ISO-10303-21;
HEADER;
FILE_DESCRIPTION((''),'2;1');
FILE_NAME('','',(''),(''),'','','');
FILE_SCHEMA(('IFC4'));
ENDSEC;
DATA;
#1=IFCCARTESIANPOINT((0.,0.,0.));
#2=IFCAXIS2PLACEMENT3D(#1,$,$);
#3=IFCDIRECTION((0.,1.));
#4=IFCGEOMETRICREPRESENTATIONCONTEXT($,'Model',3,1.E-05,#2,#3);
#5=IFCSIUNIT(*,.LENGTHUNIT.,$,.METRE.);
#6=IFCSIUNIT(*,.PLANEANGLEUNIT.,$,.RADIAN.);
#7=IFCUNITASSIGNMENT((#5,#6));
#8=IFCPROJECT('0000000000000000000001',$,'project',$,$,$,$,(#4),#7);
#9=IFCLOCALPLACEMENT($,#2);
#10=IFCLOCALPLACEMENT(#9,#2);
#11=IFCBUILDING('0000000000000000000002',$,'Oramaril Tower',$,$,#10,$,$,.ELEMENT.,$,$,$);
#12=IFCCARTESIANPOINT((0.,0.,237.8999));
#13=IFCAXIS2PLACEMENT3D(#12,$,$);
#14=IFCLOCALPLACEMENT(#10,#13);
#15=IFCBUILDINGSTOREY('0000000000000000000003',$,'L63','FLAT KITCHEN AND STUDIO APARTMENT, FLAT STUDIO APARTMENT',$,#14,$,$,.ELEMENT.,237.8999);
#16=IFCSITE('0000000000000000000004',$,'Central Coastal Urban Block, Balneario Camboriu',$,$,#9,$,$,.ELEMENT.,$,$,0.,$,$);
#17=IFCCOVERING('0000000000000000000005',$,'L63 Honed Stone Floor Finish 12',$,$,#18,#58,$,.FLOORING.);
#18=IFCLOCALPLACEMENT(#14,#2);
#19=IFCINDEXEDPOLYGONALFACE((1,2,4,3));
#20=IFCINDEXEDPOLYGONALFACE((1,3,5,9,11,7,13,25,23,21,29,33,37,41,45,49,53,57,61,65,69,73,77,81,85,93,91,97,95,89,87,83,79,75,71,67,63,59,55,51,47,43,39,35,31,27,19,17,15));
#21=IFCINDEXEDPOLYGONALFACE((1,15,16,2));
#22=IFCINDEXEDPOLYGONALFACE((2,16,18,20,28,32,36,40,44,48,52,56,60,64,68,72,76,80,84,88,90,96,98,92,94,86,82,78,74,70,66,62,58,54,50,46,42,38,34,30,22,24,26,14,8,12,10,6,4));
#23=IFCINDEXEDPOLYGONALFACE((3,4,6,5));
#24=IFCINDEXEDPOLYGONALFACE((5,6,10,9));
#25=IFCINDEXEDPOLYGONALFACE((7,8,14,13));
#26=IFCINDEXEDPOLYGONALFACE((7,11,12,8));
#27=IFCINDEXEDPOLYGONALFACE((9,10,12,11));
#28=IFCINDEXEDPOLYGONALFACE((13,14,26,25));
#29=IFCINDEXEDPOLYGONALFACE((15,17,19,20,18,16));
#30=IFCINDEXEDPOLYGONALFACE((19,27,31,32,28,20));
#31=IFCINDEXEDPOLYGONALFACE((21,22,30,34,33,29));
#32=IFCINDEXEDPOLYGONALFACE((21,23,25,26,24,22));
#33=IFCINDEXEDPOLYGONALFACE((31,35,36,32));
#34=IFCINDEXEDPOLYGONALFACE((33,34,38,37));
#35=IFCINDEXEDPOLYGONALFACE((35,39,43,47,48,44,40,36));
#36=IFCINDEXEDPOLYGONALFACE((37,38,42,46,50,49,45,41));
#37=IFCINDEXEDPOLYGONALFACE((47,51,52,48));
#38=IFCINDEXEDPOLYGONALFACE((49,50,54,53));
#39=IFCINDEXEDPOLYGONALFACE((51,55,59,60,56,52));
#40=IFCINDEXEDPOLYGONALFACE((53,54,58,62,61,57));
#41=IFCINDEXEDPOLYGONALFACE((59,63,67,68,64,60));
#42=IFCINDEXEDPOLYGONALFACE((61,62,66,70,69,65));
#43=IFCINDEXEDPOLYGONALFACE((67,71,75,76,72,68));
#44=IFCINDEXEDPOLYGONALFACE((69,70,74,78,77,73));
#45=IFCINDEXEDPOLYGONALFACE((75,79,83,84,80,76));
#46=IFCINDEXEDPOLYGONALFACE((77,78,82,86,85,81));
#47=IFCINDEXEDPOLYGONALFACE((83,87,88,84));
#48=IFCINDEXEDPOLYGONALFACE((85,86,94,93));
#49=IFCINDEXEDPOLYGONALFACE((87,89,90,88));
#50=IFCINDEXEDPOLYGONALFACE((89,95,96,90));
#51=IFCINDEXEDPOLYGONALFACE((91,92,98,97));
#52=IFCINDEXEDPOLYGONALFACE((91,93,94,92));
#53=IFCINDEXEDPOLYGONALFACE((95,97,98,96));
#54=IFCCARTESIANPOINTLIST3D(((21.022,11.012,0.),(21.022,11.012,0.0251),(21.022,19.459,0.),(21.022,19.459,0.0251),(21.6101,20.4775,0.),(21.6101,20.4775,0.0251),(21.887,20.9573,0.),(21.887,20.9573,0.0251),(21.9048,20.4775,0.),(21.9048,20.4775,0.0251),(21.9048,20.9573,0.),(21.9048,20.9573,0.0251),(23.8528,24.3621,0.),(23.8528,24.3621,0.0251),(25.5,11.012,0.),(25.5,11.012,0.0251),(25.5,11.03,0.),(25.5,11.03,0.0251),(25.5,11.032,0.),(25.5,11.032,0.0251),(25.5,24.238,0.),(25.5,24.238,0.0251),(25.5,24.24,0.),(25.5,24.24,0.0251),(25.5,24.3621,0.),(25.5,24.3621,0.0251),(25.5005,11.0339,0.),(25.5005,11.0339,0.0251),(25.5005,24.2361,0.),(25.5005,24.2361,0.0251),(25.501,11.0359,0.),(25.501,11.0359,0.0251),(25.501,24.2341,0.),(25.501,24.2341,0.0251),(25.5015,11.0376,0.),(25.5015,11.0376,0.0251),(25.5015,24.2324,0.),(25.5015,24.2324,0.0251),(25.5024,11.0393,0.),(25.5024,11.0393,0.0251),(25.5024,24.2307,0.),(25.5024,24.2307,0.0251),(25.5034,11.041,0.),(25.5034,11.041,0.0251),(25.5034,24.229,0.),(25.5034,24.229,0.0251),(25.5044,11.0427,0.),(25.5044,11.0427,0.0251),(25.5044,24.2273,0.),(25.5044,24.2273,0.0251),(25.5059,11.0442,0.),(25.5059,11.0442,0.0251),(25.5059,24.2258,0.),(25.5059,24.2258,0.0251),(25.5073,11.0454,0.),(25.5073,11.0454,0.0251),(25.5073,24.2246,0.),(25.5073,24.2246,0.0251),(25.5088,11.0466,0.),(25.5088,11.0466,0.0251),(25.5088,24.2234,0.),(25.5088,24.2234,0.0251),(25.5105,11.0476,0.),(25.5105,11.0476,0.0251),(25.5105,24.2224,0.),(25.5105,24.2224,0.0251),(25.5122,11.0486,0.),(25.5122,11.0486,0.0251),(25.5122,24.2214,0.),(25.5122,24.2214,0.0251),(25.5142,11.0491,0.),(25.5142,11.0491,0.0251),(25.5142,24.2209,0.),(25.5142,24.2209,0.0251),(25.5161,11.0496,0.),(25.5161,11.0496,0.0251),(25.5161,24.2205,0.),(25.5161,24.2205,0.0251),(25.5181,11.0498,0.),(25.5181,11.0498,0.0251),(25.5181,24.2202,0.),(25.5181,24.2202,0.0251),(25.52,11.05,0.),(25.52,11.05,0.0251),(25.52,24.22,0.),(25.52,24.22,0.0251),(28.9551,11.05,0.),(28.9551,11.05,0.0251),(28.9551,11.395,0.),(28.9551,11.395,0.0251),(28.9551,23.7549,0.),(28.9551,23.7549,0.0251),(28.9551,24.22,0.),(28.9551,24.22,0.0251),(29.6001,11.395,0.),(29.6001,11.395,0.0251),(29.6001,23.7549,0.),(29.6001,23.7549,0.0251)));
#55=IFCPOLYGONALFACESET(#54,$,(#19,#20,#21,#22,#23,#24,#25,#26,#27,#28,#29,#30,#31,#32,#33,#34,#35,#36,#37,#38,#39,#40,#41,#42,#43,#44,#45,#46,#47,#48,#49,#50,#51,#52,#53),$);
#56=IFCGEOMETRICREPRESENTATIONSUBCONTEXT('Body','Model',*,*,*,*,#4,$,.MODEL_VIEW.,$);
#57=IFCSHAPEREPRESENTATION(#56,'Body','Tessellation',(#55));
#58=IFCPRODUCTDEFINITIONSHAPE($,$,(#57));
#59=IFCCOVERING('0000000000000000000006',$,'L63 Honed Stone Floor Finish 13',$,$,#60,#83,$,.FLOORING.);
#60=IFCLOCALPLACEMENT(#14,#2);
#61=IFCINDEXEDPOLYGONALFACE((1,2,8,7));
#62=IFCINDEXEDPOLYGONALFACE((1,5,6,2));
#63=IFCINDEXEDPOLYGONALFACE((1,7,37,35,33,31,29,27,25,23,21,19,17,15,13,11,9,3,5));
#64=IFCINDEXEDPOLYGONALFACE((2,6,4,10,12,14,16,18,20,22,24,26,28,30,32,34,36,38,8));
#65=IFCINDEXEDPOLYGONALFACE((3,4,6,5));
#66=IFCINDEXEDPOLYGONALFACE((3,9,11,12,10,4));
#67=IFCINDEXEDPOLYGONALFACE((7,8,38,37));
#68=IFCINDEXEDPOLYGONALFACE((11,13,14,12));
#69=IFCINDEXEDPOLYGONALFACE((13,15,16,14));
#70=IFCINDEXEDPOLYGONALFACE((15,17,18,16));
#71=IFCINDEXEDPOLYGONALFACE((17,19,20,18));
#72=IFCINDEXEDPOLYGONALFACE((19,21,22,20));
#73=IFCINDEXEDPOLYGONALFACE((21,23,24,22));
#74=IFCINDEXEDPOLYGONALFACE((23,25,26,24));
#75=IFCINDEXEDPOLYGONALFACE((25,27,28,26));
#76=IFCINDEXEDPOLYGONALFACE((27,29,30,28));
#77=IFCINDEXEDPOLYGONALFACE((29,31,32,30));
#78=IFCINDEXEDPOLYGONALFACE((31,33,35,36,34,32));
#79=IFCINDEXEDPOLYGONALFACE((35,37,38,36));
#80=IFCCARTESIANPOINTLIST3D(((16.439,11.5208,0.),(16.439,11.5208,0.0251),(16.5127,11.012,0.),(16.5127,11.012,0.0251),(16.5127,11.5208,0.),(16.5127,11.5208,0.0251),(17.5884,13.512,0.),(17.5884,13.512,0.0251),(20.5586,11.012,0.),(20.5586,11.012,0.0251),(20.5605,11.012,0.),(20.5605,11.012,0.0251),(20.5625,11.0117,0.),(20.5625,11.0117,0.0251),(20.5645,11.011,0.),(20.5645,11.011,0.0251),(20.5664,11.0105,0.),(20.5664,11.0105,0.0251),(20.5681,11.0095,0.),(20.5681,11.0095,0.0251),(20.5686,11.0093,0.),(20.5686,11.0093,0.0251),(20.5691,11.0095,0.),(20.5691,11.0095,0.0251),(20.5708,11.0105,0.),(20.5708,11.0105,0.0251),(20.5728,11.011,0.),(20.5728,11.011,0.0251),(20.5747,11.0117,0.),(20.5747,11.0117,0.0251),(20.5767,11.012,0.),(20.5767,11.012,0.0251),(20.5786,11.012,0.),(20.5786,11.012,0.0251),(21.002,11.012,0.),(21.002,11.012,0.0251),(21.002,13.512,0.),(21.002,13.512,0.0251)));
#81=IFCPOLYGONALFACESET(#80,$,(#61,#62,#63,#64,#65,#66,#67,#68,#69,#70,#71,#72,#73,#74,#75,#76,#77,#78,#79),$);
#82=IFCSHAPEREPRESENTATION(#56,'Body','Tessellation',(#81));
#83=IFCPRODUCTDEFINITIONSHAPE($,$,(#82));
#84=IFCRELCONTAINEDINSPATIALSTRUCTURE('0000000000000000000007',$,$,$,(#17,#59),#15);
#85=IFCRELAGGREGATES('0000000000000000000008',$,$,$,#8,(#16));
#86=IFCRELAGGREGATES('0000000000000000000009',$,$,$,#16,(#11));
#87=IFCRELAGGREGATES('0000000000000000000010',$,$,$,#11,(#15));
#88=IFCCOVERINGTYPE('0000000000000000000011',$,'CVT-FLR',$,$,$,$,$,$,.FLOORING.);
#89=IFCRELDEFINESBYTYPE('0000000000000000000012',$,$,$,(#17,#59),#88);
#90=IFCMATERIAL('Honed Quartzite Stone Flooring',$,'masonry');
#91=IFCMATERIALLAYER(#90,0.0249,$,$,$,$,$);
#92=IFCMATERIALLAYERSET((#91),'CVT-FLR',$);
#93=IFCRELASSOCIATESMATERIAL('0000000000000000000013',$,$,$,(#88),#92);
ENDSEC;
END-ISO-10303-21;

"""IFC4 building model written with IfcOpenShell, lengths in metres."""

from ifc_helpers import new_model, si_unit, direction, frame, origin, place, context, subcontext, project, spatial, polyline, outline, extrude, material, layer, layer_set, type_object, element, save


model = new_model("IFC4")

# Units and contexts
model_context = context("Model", 3, precision=1e-05, world=origin(), true_north=direction((0.0, 1.0)))
body_context = subcontext(model_context, "Body", "Model", "MODEL_VIEW")
ifc_project = project(units=[si_unit("LENGTHUNIT", "METRE"), si_unit("PLANEANGLEUNIT", "RADIAN")], contexts=[model_context])

# Site, building, storey
site_placement = place(None, origin())
site = spatial("IfcSite", under=ifc_project, at=site_placement, Name="Central Coastal Urban Block, Balneario Camboriu", CompositionType="ELEMENT", RefElevation=0.0)
building_placement = place(site_placement, origin())
building = spatial("IfcBuilding", under=site, at=building_placement, Name="Oramaril Tower", CompositionType="ELEMENT")
storey_placement = place(building_placement, frame((0.0, 0.0, 237.8999)))
storey = spatial("IfcBuildingStorey", under=building, at=storey_placement, Name="L63", Description="FLAT KITCHEN AND STUDIO APARTMENT, FLAT STUDIO APARTMENT", CompositionType="ELEMENT", Elevation=237.8999)

# Coverings
ifc_material_1 = material(Name="Honed Quartzite Stone Flooring", Category="masonry")
ifc_layer_1 = layer(ifc_material_1, 0.0249)
ifc_layer_set_1 = layer_set([ifc_layer_1], Name="CVT-FLR")
covering_type_1 = type_object("IfcCoveringType", Name="CVT-FLR", PredefinedType="FLOORING", material=ifc_layer_set_1)
covering_1_placement = place(storey_placement, origin())
element("IfcCovering", 1, at=covering_1_placement, inside=storey, type_object=covering_type_1, Name="L63 Honed Stone Floor Finish 12", PredefinedType="FLOORING", context=body_context, shape_type="SweptSolid", body=[
    extrude(outline(polyline([(28.9551, 23.7549), (29.6001, 23.7549), (29.6001, 11.395), (28.9551, 11.395), (28.9551, 11.05), (25.52, 11.05), (25.5181, 11.0498), (25.5161, 11.0496), (25.5142, 11.0491), (25.5122, 11.0486), (25.5105, 11.0476), (25.5088, 11.0466), (25.5073, 11.0454), (25.5059, 11.0442), (25.5044, 11.0427), (25.5034, 11.041), (25.5024, 11.0393), (25.5015, 11.0376), (25.501, 11.0359), (25.5005, 11.0339), (25.5, 11.032), (25.5, 11.03), (25.5, 11.012), (21.022, 11.012), (21.022, 19.459), (21.6101, 20.4775), (21.9048, 20.4775), (21.9048, 20.9573), (21.887, 20.9573), (23.8528, 24.3621), (25.5, 24.3621), (25.5, 24.24), (25.5, 24.238), (25.5005, 24.2361), (25.501, 24.2341), (25.5015, 24.2324), (25.5024, 24.2307), (25.5034, 24.229), (25.5044, 24.2273), (25.5059, 24.2258), (25.5073, 24.2246), (25.5088, 24.2234), (25.5105, 24.2224), (25.5122, 24.2214), (25.5142, 24.2209), (25.5161, 24.2205), (25.5181, 24.2202), (25.52, 24.22), (28.9551, 24.22), (28.9551, 23.7549)])), origin(), (0.0, 0.0, 1.0), 0.0251),
])
covering_2_placement = place(storey_placement, origin())
element("IfcCovering", 2, at=covering_2_placement, inside=storey, type_object=covering_type_1, Name="L63 Honed Stone Floor Finish 13", PredefinedType="FLOORING", context=body_context, shape_type="SweptSolid", body=[
    extrude(outline(polyline([(16.5127, 11.5208), (16.439, 11.5208), (17.5884, 13.512), (21.002, 13.512), (21.002, 11.012), (20.5786, 11.012), (20.5767, 11.012), (20.5747, 11.0117), (20.5728, 11.011), (20.5708, 11.0105), (20.5691, 11.0095), (20.5686, 11.0093), (20.5681, 11.0095), (20.5664, 11.0105), (20.5645, 11.011), (20.5625, 11.0117), (20.5605, 11.012), (20.5586, 11.012), (16.5127, 11.012), (16.5127, 11.5208)])), origin(), (0.0, 0.0, 1.0), 0.0251),
])

save(model, "model.ifc")
